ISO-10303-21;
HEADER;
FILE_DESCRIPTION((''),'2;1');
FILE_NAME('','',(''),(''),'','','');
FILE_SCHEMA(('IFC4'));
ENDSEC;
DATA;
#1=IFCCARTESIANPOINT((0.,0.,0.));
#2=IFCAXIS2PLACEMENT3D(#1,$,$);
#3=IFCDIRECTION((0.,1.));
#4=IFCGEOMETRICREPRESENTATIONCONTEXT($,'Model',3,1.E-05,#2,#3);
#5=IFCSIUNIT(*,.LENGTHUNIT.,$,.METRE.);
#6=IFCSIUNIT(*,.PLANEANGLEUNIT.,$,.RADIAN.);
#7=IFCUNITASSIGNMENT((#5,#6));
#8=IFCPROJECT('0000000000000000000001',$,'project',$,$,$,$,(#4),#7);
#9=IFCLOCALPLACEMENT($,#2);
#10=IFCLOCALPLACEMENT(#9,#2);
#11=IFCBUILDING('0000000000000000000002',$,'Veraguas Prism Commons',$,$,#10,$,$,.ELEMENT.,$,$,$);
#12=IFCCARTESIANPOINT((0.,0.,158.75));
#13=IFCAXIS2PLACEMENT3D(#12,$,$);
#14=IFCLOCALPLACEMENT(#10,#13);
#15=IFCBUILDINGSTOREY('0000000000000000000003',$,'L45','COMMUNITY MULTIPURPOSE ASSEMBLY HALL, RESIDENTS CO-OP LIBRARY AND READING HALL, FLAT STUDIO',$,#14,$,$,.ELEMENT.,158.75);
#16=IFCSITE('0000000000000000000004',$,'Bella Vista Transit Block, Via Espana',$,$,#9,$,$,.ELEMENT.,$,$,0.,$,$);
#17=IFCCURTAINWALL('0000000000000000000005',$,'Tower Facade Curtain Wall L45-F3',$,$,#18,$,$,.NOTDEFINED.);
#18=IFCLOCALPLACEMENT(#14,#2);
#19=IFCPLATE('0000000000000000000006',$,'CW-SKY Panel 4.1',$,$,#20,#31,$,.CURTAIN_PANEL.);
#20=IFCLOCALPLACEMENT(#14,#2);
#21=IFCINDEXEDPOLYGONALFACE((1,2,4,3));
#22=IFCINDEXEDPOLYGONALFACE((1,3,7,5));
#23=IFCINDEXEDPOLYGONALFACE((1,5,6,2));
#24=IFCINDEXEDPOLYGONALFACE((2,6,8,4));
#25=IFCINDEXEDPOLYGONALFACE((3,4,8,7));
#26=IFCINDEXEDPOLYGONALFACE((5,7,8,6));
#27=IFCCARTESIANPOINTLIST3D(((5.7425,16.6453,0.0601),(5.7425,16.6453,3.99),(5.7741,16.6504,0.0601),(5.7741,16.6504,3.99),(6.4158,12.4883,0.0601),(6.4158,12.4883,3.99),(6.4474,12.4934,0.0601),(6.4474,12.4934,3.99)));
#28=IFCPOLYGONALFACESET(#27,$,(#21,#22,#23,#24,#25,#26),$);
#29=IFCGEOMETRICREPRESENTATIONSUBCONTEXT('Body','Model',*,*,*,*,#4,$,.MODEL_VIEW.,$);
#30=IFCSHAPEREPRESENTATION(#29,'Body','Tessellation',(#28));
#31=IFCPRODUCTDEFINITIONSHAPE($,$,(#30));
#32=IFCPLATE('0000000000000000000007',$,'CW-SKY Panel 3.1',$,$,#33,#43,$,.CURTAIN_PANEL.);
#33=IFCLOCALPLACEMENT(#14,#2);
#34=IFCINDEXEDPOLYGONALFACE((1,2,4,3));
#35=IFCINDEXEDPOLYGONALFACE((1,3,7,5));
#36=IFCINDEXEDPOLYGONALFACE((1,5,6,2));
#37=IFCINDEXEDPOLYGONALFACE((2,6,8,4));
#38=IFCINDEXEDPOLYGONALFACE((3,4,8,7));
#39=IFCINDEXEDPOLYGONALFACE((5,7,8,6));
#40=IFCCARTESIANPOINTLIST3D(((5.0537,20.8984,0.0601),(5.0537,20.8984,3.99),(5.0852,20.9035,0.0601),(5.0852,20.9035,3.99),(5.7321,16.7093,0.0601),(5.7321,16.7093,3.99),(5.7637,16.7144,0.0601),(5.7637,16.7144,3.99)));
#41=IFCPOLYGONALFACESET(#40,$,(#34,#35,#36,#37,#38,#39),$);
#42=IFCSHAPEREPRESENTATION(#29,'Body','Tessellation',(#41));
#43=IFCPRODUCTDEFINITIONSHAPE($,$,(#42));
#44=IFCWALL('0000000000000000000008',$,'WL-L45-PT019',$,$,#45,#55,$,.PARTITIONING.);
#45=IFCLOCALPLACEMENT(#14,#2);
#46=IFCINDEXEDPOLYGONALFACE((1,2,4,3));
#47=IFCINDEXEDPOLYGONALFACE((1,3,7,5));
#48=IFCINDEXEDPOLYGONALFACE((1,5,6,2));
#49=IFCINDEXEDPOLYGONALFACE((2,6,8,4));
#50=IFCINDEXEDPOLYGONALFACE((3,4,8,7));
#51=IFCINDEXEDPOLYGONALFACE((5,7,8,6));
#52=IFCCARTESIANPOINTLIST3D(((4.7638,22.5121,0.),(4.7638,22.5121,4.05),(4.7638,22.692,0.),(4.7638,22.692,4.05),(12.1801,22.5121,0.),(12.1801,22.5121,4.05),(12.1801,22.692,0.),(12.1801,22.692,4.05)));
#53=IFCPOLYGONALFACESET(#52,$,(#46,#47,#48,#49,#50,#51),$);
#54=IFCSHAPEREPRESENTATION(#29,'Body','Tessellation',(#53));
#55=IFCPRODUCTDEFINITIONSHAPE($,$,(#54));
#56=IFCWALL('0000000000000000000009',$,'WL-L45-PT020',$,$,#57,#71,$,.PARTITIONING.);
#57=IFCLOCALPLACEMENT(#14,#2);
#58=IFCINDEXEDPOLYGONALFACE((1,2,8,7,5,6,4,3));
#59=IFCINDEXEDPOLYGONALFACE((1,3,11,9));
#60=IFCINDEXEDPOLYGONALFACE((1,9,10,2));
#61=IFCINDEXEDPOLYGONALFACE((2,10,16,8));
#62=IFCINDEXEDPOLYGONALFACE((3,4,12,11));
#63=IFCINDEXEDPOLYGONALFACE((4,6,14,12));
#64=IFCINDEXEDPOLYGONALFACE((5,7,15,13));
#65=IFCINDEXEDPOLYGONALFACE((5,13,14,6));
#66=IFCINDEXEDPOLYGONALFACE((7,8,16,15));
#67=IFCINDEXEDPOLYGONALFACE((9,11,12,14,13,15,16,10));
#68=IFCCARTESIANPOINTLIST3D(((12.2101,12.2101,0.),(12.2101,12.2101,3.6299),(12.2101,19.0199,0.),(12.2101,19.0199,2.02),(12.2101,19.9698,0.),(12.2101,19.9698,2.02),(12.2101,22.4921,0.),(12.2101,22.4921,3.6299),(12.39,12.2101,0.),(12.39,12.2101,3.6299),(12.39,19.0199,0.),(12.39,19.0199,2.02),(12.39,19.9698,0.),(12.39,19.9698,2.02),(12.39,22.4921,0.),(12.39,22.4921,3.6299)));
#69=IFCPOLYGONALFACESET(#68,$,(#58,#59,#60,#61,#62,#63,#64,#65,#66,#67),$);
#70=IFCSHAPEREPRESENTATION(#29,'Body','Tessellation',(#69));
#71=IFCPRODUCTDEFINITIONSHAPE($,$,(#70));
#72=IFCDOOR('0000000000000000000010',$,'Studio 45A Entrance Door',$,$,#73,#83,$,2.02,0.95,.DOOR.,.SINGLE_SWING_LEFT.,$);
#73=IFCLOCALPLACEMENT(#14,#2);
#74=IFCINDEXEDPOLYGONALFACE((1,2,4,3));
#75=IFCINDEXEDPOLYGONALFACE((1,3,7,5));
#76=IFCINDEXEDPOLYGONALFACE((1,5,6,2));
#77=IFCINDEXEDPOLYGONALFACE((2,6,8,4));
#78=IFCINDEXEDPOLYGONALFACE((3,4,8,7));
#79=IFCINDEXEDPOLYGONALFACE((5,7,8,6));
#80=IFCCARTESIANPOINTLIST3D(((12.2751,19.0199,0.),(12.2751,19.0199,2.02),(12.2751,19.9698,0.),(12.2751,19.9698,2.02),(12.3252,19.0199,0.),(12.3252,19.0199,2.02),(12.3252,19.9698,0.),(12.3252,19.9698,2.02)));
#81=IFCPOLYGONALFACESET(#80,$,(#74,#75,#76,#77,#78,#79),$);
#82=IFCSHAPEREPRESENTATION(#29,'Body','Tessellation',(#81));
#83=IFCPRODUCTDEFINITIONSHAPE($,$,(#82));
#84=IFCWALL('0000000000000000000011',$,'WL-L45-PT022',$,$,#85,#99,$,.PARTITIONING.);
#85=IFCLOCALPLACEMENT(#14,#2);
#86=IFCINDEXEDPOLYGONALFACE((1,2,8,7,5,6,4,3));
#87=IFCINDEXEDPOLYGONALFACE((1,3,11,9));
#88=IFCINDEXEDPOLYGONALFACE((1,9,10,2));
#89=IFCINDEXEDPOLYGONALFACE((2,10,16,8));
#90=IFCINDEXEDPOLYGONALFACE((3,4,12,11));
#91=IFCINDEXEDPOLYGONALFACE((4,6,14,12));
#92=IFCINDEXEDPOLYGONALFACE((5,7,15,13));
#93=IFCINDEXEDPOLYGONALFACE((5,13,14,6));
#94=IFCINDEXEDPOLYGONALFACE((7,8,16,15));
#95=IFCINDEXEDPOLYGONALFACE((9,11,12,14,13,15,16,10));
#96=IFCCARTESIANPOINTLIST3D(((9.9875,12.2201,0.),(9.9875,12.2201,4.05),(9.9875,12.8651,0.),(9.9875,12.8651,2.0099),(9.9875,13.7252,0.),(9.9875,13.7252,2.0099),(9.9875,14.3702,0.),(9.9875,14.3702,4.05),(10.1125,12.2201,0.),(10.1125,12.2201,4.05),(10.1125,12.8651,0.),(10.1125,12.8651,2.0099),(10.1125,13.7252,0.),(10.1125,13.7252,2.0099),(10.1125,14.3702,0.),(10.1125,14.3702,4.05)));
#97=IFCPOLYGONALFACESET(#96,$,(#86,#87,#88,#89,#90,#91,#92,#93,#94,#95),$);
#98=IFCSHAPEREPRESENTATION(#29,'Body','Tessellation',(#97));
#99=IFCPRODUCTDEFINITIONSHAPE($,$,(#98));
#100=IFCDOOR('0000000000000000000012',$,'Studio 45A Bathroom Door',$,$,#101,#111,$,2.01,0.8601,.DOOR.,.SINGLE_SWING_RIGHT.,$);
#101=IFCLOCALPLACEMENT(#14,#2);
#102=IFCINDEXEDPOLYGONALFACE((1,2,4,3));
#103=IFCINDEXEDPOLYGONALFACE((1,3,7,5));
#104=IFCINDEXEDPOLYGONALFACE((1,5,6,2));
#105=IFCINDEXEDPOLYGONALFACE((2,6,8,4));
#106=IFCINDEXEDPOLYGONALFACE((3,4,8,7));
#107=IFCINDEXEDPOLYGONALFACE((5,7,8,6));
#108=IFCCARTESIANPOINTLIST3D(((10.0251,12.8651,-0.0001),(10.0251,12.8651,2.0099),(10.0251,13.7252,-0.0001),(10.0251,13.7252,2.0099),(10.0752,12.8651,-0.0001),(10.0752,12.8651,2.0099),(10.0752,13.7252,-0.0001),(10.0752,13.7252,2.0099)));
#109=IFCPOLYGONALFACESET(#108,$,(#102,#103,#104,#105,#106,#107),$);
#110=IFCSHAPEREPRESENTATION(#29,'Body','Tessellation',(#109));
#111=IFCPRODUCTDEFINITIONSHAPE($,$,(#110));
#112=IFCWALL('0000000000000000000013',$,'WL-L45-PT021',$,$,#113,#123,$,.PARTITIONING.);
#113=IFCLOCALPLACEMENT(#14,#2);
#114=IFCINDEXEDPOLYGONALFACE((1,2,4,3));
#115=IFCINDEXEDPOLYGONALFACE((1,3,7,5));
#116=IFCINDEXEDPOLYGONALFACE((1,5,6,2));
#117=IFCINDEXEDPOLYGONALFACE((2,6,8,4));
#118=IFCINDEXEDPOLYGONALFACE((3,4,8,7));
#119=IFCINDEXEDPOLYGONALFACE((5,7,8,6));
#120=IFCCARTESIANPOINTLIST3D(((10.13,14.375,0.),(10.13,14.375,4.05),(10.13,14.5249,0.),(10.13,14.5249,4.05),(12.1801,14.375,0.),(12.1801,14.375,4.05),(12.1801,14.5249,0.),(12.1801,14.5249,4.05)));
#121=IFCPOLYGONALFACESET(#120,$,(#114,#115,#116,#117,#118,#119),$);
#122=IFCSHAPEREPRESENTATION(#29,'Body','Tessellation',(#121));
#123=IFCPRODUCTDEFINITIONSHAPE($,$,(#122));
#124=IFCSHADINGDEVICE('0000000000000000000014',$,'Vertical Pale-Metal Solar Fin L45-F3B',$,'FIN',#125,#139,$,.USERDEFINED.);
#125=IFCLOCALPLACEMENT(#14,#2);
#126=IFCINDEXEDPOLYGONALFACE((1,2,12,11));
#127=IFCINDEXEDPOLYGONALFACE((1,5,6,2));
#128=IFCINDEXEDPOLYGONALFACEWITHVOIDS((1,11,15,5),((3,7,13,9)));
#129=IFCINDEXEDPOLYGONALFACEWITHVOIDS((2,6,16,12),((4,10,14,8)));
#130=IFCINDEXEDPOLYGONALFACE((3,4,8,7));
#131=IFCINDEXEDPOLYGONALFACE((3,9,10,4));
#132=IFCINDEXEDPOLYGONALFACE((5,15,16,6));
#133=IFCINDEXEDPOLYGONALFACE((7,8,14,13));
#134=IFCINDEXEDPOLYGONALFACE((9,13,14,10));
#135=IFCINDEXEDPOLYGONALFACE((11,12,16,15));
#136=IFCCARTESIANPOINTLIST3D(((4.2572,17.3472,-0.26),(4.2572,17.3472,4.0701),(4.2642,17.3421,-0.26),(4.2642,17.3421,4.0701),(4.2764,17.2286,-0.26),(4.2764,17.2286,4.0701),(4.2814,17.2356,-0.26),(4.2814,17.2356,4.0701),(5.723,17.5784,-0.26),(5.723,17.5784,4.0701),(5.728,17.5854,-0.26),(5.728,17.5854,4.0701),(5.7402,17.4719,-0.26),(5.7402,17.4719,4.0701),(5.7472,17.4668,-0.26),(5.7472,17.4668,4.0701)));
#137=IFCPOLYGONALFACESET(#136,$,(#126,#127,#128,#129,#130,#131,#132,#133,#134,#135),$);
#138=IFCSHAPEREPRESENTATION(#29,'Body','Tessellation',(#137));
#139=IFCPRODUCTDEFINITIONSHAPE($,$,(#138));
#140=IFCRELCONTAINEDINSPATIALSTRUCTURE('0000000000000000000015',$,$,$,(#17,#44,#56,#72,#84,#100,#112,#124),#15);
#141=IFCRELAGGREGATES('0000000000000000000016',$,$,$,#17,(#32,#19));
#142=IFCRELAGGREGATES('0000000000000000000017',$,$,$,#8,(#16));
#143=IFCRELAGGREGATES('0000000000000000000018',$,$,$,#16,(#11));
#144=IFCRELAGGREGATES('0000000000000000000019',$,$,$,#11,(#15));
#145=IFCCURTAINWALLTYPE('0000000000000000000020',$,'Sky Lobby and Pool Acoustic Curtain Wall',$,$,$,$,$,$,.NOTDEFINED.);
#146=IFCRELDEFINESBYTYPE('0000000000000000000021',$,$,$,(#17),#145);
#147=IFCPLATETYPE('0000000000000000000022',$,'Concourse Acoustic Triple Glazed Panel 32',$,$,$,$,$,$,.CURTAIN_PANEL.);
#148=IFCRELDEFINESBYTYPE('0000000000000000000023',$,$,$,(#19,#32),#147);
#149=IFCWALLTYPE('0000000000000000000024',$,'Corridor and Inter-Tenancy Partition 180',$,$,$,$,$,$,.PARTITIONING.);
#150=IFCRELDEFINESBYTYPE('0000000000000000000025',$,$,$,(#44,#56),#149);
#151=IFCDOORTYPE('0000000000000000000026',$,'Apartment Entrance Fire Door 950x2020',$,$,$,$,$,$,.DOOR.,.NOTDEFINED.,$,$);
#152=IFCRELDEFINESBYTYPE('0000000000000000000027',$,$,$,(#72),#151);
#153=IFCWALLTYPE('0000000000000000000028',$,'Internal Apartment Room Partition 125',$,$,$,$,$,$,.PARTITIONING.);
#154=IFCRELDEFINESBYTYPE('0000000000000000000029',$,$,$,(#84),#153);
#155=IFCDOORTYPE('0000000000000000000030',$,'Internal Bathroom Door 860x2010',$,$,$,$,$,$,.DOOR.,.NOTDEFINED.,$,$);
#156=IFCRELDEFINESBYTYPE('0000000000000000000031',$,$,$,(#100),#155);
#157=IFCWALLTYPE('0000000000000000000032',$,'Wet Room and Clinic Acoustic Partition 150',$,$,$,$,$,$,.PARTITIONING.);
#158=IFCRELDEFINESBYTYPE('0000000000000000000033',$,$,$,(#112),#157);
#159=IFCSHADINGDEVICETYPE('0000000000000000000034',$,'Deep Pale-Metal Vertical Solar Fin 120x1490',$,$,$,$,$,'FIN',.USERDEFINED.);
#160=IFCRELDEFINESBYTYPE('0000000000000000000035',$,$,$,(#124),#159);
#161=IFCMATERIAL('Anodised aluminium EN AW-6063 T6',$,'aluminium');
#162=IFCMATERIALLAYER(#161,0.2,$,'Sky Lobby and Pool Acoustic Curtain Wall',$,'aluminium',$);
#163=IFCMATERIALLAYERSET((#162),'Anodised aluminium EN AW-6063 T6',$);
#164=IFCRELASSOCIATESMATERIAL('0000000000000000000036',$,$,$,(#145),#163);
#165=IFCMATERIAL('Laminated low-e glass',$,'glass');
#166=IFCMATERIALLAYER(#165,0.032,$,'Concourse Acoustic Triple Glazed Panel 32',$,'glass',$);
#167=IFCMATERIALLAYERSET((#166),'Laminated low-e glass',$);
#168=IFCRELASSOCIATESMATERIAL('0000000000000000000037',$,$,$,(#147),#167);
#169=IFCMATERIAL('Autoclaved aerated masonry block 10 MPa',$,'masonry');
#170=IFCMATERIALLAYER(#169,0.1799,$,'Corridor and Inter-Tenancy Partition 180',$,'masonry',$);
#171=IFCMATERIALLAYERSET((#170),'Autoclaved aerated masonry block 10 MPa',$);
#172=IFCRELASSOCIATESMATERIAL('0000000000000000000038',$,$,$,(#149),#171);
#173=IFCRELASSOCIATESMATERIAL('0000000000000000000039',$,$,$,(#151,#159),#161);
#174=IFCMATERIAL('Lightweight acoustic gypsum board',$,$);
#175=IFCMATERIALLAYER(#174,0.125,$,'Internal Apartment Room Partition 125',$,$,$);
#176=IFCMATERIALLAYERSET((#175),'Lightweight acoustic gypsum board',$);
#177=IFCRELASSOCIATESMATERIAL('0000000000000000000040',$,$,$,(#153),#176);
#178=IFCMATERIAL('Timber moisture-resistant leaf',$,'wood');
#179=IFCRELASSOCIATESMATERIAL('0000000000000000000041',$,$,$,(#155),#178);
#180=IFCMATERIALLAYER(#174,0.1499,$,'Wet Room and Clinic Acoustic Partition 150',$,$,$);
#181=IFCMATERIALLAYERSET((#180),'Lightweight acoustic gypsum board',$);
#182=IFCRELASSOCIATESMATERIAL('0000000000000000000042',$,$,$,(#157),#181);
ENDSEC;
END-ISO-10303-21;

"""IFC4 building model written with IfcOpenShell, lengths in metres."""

from ifc_helpers import new_model, si_unit, direction, frame, frame_2d, origin, origin_2d, place, context, subcontext, project, spatial, rectangle, hollow_rectangle, extrude, source, transform, mapped, material, layer, layer_set, material_profile, profile_set, type_object, element, fill, aggregate, save


model = new_model("IFC4")

# Units and contexts
model_context = context("Model", 3, precision=1e-05, world=origin(), true_north=direction((0.0, 1.0)))
body_context = subcontext(model_context, "Body", "Model", "MODEL_VIEW")
ifc_project = project(units=[si_unit("LENGTHUNIT", "METRE"), si_unit("PLANEANGLEUNIT", "RADIAN")], contexts=[model_context])

# Site, building, storey
site_placement = place(None, origin())
site = spatial("IfcSite", under=ifc_project, at=site_placement, Name="Bella Vista Transit Block, Via Espana", CompositionType="ELEMENT", RefElevation=0.0)
building_placement = place(site_placement, origin())
building = spatial("IfcBuilding", under=site, at=building_placement, Name="Veraguas Prism Commons", CompositionType="ELEMENT")
storey_placement = place(building_placement, frame((0.0, 0.0, 158.75)))
storey = spatial("IfcBuildingStorey", under=building, at=storey_placement, Name="L45", Description="COMMUNITY MULTIPURPOSE ASSEMBLY HALL, RESIDENTS CO-OP LIBRARY AND READING HALL, FLAT STUDIO", CompositionType="ELEMENT", Elevation=158.75)

# Curtain wall
ifc_material_1 = material(Name="Anodised aluminium EN AW-6063 T6", Category="aluminium")
ifc_layer_1 = layer(ifc_material_1, 0.2, Name="Sky Lobby and Pool Acoustic Curtain Wall", Category="aluminium")
ifc_layer_set_1 = layer_set([ifc_layer_1], Name="Anodised aluminium EN AW-6063 T6")
curtain_wall_type = type_object("IfcCurtainWallType", Name="Sky Lobby and Pool Acoustic Curtain Wall", PredefinedType="NOTDEFINED", material=ifc_layer_set_1)
curtain_wall_1_placement = place(storey_placement, origin())
curtain_wall_1 = element("IfcCurtainWall", 1, at=curtain_wall_1_placement, inside=storey, type_object=curtain_wall_type, Name="Tower Facade Curtain Wall L45-F3", PredefinedType="NOTDEFINED")

# Plates
ifc_material_2 = material(Name="Laminated low-e glass", Category="glass")
ifc_layer_2 = layer(ifc_material_2, 0.032, Name="Concourse Acoustic Triple Glazed Panel 32", Category="glass")
ifc_layer_set_2 = layer_set([ifc_layer_2], Name="Laminated low-e glass")
plate_type = type_object("IfcPlateType", Name="Concourse Acoustic Triple Glazed Panel 32", PredefinedType="CURTAIN_PANEL", material=ifc_layer_set_2)
shared_shape_1 = source(origin(), body_context, "Body", "SweptSolid", [
    extrude(rectangle(XDim=4.2112, YDim=0.032, at=origin_2d()), origin(), (0.0, 0.0, 1.0), 3.9299),
])
plate_1_placement = place(storey_placement, frame((6.095, 14.5693, 0.0601), z_axis=(0.0, 0.0, 1.0), x_axis=(0.159878, -0.987137, 0.0)))
plate_1 = element("IfcPlate", 2, at=plate_1_placement, type_object=plate_type, Name="CW-SKY Panel 4.1", PredefinedType="CURTAIN_PANEL", context=body_context, shape_type="MappedRepresentation", body=[
    mapped(shared_shape_1, transform((0.0, 0.0, 0.0), scale=1.0)),
])
shared_shape_2 = source(origin(), body_context, "Body", "SweptSolid", [
    extrude(rectangle(XDim=4.2437, YDim=0.032, at=origin_2d()), origin(), (0.0, 0.0, 1.0), 3.9299),
])
plate_2_placement = place(storey_placement, frame((5.4087, 18.8064, 0.0601), z_axis=(0.0, 0.0, 1.0), x_axis=(0.159878, -0.987137, 0.0)))
plate_2 = element("IfcPlate", 3, at=plate_2_placement, type_object=plate_type, Name="CW-SKY Panel 3.1", PredefinedType="CURTAIN_PANEL", context=body_context, shape_type="MappedRepresentation", body=[
    mapped(shared_shape_2, transform((0.0, 0.0, 0.0), scale=1.0)),
])
aggregate(curtain_wall_1, [plate_2, plate_1])

# Wall
ifc_material_3 = material(Name="Autoclaved aerated masonry block 10 MPa", Category="masonry")
ifc_layer_3 = layer(ifc_material_3, 0.1799, Name="Corridor and Inter-Tenancy Partition 180", Category="masonry")
ifc_layer_set_3 = layer_set([ifc_layer_3], Name="Autoclaved aerated masonry block 10 MPa")
wall_type_1 = type_object("IfcWallType", Name="Corridor and Inter-Tenancy Partition 180", PredefinedType="PARTITIONING", material=ifc_layer_set_3)
wall_1_placement = place(storey_placement, frame((12.1799, 22.6021, 0.0), z_axis=(0.0, 0.0, 1.0), x_axis=(-1.0, 0.0, 0.0)))
element("IfcWall", 4, at=wall_1_placement, inside=storey, type_object=wall_type_1, Name="WL-L45-PT019", PredefinedType="PARTITIONING", context=body_context, shape_type="SweptSolid", body=[
    extrude(rectangle(XDim=7.4163, YDim=0.1799, at=frame_2d((3.708, 0.0))), origin(), (0.0, 0.0, 1.0), 4.05),
])

# Walls, openings, doors
wall_2_placement = place(storey_placement, frame((12.3, 12.21, 0.0), z_axis=(0.0, 0.0, 1.0), x_axis=(0.0, 1.0, 0.0)))
wall_2 = element("IfcWall", 5, at=wall_2_placement, inside=storey, type_object=wall_type_1, Name="WL-L45-PT020", PredefinedType="PARTITIONING", context=body_context, shape_type="SweptSolid", body=[
    extrude(rectangle(XDim=10.282, YDim=0.1799, at=frame_2d((5.1411, 0.0))), origin(), (0.0, 0.0, 1.0), 3.6299),
])
opening_1_placement = place(wall_2_placement, frame((6.8098, 0.0, 0.0)))
opening_1 = element("IfcOpeningElement", 6, at=opening_1_placement, cuts=wall_2, PredefinedType="OPENING", context=body_context, shape_type="SweptSolid", body=[
    extrude(rectangle(XDim=0.95, YDim=2.02, at=frame_2d((0.4751, 1.01))), frame((0.0, 0.0999, 0.0), z_axis=(0.0, -1.0, 0.0), x_axis=(1.0, 0.0, 0.0)), (0.0, 0.0, 1.0), 0.2),
])
door_type_1 = type_object("IfcDoorType", Name="Apartment Entrance Fire Door 950x2020", OperationType="NOTDEFINED", PredefinedType="DOOR", material=ifc_material_1)
shared_shape_3 = source(origin(), body_context, "Body", "SweptSolid", [
    extrude(rectangle(XDim=0.95, YDim=2.02, at=frame_2d((0.4751, 1.01))), frame((0.0, 0.0249, 0.0), z_axis=(0.0, -1.0, 0.0), x_axis=(1.0, 0.0, 0.0)), (0.0, 0.0, 1.0), 0.05),
])
door_1_placement = place(opening_1_placement, origin())
door_1 = element("IfcDoor", 7, at=door_1_placement, inside=storey, type_object=door_type_1, Name="Studio 45A Entrance Door", OperationType="SINGLE_SWING_LEFT", OverallHeight=2.02, OverallWidth=0.95, PredefinedType="DOOR", context=body_context, shape_type="MappedRepresentation", body=[
    mapped(shared_shape_3, transform((0.0, 0.0, 0.0), scale=1.0)),
])
fill(opening_1, door_1)
ifc_material_4 = material(Name="Lightweight acoustic gypsum board")
ifc_layer_4 = layer(ifc_material_4, 0.125, Name="Internal Apartment Room Partition 125")
ifc_layer_set_4 = layer_set([ifc_layer_4], Name="Lightweight acoustic gypsum board")
wall_type_2 = type_object("IfcWallType", Name="Internal Apartment Room Partition 125", PredefinedType="PARTITIONING", material=ifc_layer_set_4)
wall_3_placement = place(storey_placement, frame((10.05, 12.22, 0.0), z_axis=(0.0, 0.0, 1.0), x_axis=(0.0, 1.0, 0.0)))
wall_3 = element("IfcWall", 8, at=wall_3_placement, inside=storey, type_object=wall_type_2, Name="WL-L45-PT022", PredefinedType="PARTITIONING", context=body_context, shape_type="SweptSolid", body=[
    extrude(rectangle(XDim=2.1501, YDim=0.125, at=frame_2d((1.0752, 0.0))), origin(), (0.0, 0.0, 1.0), 4.05),
])
opening_2_placement = place(wall_3_placement, frame((0.645, 0.0, 0.0)))
opening_2 = element("IfcOpeningElement", 9, at=opening_2_placement, cuts=wall_3, PredefinedType="OPENING", context=body_context, shape_type="SweptSolid", body=[
    extrude(rectangle(XDim=0.8601, YDim=2.01, at=frame_2d((0.4302, 1.0049))), frame((0.0, 0.0725, 0.0), z_axis=(0.0, -1.0, 0.0), x_axis=(1.0, 0.0, 0.0)), (0.0, 0.0, 1.0), 0.145),
])
ifc_material_5 = material(Name="Timber moisture-resistant leaf", Category="wood")
door_type_2 = type_object("IfcDoorType", Name="Internal Bathroom Door 860x2010", OperationType="NOTDEFINED", PredefinedType="DOOR", material=ifc_material_5)
shared_shape_4 = source(origin(), body_context, "Body", "SweptSolid", [
    extrude(rectangle(XDim=0.8601, YDim=2.01, at=frame_2d((0.4302, 1.0049))), frame((0.0, 0.0249, 0.0), z_axis=(0.0, -1.0, 0.0), x_axis=(1.0, 0.0, 0.0)), (0.0, 0.0, 1.0), 0.05),
])
door_2_placement = place(opening_2_placement, origin())
door_2 = element("IfcDoor", 10, at=door_2_placement, inside=storey, type_object=door_type_2, Name="Studio 45A Bathroom Door", OperationType="SINGLE_SWING_RIGHT", OverallHeight=2.01, OverallWidth=0.8601, PredefinedType="DOOR", context=body_context, shape_type="MappedRepresentation", body=[
    mapped(shared_shape_4, transform((0.0, 0.0, 0.0), scale=1.0)),
])
fill(opening_2, door_2)

# Wall
ifc_layer_5 = layer(ifc_material_4, 0.1499, Name="Wet Room and Clinic Acoustic Partition 150")
ifc_layer_set_5 = layer_set([ifc_layer_5], Name="Lightweight acoustic gypsum board")
wall_type_3 = type_object("IfcWallType", Name="Wet Room and Clinic Acoustic Partition 150", PredefinedType="PARTITIONING", material=ifc_layer_set_5)
wall_4_placement = place(storey_placement, frame((12.1799, 14.45, 0.0), z_axis=(0.0, 0.0, 1.0), x_axis=(-1.0, 0.0, 0.0)))
element("IfcWall", 11, at=wall_4_placement, inside=storey, type_object=wall_type_3, Name="WL-L45-PT021", PredefinedType="PARTITIONING", context=body_context, shape_type="SweptSolid", body=[
    extrude(rectangle(XDim=2.05, YDim=0.1499, at=frame_2d((1.0249, 0.0))), origin(), (0.0, 0.0, 1.0), 4.05),
])

# Shading device
ifc_material_profile_1 = material_profile(ifc_material_1, hollow_rectangle(XDim=0.1201, YDim=1.49, WallThickness=0.0061, at=origin_2d()), Name="FIN120X1490X6")
ifc_profile_set_1 = profile_set([ifc_material_profile_1], Name="Anodised aluminium EN AW-6063 T6")
shading_device_type = type_object("IfcShadingDeviceType", Name="Deep Pale-Metal Vertical Solar Fin 120x1490", ElementType="FIN", PredefinedType="USERDEFINED", material=ifc_profile_set_1)
shading_device_placement = place(storey_placement, frame((5.0022, 17.407, -0.26), z_axis=(0.0, 0.0, 1.0), x_axis=(0.159878, -0.987137, 0.0)))
element("IfcShadingDevice", 12, at=shading_device_placement, inside=storey, type_object=shading_device_type, Name="Vertical Pale-Metal Solar Fin L45-F3B", ObjectType="FIN", PredefinedType="USERDEFINED", context=body_context, shape_type="SweptSolid", body=[
    extrude(hollow_rectangle(XDim=0.1201, YDim=1.49, WallThickness=0.0061, at=origin_2d()), origin(), (0.0, 0.0, 1.0), 4.3301),
])

save(model, "model.ifc")
